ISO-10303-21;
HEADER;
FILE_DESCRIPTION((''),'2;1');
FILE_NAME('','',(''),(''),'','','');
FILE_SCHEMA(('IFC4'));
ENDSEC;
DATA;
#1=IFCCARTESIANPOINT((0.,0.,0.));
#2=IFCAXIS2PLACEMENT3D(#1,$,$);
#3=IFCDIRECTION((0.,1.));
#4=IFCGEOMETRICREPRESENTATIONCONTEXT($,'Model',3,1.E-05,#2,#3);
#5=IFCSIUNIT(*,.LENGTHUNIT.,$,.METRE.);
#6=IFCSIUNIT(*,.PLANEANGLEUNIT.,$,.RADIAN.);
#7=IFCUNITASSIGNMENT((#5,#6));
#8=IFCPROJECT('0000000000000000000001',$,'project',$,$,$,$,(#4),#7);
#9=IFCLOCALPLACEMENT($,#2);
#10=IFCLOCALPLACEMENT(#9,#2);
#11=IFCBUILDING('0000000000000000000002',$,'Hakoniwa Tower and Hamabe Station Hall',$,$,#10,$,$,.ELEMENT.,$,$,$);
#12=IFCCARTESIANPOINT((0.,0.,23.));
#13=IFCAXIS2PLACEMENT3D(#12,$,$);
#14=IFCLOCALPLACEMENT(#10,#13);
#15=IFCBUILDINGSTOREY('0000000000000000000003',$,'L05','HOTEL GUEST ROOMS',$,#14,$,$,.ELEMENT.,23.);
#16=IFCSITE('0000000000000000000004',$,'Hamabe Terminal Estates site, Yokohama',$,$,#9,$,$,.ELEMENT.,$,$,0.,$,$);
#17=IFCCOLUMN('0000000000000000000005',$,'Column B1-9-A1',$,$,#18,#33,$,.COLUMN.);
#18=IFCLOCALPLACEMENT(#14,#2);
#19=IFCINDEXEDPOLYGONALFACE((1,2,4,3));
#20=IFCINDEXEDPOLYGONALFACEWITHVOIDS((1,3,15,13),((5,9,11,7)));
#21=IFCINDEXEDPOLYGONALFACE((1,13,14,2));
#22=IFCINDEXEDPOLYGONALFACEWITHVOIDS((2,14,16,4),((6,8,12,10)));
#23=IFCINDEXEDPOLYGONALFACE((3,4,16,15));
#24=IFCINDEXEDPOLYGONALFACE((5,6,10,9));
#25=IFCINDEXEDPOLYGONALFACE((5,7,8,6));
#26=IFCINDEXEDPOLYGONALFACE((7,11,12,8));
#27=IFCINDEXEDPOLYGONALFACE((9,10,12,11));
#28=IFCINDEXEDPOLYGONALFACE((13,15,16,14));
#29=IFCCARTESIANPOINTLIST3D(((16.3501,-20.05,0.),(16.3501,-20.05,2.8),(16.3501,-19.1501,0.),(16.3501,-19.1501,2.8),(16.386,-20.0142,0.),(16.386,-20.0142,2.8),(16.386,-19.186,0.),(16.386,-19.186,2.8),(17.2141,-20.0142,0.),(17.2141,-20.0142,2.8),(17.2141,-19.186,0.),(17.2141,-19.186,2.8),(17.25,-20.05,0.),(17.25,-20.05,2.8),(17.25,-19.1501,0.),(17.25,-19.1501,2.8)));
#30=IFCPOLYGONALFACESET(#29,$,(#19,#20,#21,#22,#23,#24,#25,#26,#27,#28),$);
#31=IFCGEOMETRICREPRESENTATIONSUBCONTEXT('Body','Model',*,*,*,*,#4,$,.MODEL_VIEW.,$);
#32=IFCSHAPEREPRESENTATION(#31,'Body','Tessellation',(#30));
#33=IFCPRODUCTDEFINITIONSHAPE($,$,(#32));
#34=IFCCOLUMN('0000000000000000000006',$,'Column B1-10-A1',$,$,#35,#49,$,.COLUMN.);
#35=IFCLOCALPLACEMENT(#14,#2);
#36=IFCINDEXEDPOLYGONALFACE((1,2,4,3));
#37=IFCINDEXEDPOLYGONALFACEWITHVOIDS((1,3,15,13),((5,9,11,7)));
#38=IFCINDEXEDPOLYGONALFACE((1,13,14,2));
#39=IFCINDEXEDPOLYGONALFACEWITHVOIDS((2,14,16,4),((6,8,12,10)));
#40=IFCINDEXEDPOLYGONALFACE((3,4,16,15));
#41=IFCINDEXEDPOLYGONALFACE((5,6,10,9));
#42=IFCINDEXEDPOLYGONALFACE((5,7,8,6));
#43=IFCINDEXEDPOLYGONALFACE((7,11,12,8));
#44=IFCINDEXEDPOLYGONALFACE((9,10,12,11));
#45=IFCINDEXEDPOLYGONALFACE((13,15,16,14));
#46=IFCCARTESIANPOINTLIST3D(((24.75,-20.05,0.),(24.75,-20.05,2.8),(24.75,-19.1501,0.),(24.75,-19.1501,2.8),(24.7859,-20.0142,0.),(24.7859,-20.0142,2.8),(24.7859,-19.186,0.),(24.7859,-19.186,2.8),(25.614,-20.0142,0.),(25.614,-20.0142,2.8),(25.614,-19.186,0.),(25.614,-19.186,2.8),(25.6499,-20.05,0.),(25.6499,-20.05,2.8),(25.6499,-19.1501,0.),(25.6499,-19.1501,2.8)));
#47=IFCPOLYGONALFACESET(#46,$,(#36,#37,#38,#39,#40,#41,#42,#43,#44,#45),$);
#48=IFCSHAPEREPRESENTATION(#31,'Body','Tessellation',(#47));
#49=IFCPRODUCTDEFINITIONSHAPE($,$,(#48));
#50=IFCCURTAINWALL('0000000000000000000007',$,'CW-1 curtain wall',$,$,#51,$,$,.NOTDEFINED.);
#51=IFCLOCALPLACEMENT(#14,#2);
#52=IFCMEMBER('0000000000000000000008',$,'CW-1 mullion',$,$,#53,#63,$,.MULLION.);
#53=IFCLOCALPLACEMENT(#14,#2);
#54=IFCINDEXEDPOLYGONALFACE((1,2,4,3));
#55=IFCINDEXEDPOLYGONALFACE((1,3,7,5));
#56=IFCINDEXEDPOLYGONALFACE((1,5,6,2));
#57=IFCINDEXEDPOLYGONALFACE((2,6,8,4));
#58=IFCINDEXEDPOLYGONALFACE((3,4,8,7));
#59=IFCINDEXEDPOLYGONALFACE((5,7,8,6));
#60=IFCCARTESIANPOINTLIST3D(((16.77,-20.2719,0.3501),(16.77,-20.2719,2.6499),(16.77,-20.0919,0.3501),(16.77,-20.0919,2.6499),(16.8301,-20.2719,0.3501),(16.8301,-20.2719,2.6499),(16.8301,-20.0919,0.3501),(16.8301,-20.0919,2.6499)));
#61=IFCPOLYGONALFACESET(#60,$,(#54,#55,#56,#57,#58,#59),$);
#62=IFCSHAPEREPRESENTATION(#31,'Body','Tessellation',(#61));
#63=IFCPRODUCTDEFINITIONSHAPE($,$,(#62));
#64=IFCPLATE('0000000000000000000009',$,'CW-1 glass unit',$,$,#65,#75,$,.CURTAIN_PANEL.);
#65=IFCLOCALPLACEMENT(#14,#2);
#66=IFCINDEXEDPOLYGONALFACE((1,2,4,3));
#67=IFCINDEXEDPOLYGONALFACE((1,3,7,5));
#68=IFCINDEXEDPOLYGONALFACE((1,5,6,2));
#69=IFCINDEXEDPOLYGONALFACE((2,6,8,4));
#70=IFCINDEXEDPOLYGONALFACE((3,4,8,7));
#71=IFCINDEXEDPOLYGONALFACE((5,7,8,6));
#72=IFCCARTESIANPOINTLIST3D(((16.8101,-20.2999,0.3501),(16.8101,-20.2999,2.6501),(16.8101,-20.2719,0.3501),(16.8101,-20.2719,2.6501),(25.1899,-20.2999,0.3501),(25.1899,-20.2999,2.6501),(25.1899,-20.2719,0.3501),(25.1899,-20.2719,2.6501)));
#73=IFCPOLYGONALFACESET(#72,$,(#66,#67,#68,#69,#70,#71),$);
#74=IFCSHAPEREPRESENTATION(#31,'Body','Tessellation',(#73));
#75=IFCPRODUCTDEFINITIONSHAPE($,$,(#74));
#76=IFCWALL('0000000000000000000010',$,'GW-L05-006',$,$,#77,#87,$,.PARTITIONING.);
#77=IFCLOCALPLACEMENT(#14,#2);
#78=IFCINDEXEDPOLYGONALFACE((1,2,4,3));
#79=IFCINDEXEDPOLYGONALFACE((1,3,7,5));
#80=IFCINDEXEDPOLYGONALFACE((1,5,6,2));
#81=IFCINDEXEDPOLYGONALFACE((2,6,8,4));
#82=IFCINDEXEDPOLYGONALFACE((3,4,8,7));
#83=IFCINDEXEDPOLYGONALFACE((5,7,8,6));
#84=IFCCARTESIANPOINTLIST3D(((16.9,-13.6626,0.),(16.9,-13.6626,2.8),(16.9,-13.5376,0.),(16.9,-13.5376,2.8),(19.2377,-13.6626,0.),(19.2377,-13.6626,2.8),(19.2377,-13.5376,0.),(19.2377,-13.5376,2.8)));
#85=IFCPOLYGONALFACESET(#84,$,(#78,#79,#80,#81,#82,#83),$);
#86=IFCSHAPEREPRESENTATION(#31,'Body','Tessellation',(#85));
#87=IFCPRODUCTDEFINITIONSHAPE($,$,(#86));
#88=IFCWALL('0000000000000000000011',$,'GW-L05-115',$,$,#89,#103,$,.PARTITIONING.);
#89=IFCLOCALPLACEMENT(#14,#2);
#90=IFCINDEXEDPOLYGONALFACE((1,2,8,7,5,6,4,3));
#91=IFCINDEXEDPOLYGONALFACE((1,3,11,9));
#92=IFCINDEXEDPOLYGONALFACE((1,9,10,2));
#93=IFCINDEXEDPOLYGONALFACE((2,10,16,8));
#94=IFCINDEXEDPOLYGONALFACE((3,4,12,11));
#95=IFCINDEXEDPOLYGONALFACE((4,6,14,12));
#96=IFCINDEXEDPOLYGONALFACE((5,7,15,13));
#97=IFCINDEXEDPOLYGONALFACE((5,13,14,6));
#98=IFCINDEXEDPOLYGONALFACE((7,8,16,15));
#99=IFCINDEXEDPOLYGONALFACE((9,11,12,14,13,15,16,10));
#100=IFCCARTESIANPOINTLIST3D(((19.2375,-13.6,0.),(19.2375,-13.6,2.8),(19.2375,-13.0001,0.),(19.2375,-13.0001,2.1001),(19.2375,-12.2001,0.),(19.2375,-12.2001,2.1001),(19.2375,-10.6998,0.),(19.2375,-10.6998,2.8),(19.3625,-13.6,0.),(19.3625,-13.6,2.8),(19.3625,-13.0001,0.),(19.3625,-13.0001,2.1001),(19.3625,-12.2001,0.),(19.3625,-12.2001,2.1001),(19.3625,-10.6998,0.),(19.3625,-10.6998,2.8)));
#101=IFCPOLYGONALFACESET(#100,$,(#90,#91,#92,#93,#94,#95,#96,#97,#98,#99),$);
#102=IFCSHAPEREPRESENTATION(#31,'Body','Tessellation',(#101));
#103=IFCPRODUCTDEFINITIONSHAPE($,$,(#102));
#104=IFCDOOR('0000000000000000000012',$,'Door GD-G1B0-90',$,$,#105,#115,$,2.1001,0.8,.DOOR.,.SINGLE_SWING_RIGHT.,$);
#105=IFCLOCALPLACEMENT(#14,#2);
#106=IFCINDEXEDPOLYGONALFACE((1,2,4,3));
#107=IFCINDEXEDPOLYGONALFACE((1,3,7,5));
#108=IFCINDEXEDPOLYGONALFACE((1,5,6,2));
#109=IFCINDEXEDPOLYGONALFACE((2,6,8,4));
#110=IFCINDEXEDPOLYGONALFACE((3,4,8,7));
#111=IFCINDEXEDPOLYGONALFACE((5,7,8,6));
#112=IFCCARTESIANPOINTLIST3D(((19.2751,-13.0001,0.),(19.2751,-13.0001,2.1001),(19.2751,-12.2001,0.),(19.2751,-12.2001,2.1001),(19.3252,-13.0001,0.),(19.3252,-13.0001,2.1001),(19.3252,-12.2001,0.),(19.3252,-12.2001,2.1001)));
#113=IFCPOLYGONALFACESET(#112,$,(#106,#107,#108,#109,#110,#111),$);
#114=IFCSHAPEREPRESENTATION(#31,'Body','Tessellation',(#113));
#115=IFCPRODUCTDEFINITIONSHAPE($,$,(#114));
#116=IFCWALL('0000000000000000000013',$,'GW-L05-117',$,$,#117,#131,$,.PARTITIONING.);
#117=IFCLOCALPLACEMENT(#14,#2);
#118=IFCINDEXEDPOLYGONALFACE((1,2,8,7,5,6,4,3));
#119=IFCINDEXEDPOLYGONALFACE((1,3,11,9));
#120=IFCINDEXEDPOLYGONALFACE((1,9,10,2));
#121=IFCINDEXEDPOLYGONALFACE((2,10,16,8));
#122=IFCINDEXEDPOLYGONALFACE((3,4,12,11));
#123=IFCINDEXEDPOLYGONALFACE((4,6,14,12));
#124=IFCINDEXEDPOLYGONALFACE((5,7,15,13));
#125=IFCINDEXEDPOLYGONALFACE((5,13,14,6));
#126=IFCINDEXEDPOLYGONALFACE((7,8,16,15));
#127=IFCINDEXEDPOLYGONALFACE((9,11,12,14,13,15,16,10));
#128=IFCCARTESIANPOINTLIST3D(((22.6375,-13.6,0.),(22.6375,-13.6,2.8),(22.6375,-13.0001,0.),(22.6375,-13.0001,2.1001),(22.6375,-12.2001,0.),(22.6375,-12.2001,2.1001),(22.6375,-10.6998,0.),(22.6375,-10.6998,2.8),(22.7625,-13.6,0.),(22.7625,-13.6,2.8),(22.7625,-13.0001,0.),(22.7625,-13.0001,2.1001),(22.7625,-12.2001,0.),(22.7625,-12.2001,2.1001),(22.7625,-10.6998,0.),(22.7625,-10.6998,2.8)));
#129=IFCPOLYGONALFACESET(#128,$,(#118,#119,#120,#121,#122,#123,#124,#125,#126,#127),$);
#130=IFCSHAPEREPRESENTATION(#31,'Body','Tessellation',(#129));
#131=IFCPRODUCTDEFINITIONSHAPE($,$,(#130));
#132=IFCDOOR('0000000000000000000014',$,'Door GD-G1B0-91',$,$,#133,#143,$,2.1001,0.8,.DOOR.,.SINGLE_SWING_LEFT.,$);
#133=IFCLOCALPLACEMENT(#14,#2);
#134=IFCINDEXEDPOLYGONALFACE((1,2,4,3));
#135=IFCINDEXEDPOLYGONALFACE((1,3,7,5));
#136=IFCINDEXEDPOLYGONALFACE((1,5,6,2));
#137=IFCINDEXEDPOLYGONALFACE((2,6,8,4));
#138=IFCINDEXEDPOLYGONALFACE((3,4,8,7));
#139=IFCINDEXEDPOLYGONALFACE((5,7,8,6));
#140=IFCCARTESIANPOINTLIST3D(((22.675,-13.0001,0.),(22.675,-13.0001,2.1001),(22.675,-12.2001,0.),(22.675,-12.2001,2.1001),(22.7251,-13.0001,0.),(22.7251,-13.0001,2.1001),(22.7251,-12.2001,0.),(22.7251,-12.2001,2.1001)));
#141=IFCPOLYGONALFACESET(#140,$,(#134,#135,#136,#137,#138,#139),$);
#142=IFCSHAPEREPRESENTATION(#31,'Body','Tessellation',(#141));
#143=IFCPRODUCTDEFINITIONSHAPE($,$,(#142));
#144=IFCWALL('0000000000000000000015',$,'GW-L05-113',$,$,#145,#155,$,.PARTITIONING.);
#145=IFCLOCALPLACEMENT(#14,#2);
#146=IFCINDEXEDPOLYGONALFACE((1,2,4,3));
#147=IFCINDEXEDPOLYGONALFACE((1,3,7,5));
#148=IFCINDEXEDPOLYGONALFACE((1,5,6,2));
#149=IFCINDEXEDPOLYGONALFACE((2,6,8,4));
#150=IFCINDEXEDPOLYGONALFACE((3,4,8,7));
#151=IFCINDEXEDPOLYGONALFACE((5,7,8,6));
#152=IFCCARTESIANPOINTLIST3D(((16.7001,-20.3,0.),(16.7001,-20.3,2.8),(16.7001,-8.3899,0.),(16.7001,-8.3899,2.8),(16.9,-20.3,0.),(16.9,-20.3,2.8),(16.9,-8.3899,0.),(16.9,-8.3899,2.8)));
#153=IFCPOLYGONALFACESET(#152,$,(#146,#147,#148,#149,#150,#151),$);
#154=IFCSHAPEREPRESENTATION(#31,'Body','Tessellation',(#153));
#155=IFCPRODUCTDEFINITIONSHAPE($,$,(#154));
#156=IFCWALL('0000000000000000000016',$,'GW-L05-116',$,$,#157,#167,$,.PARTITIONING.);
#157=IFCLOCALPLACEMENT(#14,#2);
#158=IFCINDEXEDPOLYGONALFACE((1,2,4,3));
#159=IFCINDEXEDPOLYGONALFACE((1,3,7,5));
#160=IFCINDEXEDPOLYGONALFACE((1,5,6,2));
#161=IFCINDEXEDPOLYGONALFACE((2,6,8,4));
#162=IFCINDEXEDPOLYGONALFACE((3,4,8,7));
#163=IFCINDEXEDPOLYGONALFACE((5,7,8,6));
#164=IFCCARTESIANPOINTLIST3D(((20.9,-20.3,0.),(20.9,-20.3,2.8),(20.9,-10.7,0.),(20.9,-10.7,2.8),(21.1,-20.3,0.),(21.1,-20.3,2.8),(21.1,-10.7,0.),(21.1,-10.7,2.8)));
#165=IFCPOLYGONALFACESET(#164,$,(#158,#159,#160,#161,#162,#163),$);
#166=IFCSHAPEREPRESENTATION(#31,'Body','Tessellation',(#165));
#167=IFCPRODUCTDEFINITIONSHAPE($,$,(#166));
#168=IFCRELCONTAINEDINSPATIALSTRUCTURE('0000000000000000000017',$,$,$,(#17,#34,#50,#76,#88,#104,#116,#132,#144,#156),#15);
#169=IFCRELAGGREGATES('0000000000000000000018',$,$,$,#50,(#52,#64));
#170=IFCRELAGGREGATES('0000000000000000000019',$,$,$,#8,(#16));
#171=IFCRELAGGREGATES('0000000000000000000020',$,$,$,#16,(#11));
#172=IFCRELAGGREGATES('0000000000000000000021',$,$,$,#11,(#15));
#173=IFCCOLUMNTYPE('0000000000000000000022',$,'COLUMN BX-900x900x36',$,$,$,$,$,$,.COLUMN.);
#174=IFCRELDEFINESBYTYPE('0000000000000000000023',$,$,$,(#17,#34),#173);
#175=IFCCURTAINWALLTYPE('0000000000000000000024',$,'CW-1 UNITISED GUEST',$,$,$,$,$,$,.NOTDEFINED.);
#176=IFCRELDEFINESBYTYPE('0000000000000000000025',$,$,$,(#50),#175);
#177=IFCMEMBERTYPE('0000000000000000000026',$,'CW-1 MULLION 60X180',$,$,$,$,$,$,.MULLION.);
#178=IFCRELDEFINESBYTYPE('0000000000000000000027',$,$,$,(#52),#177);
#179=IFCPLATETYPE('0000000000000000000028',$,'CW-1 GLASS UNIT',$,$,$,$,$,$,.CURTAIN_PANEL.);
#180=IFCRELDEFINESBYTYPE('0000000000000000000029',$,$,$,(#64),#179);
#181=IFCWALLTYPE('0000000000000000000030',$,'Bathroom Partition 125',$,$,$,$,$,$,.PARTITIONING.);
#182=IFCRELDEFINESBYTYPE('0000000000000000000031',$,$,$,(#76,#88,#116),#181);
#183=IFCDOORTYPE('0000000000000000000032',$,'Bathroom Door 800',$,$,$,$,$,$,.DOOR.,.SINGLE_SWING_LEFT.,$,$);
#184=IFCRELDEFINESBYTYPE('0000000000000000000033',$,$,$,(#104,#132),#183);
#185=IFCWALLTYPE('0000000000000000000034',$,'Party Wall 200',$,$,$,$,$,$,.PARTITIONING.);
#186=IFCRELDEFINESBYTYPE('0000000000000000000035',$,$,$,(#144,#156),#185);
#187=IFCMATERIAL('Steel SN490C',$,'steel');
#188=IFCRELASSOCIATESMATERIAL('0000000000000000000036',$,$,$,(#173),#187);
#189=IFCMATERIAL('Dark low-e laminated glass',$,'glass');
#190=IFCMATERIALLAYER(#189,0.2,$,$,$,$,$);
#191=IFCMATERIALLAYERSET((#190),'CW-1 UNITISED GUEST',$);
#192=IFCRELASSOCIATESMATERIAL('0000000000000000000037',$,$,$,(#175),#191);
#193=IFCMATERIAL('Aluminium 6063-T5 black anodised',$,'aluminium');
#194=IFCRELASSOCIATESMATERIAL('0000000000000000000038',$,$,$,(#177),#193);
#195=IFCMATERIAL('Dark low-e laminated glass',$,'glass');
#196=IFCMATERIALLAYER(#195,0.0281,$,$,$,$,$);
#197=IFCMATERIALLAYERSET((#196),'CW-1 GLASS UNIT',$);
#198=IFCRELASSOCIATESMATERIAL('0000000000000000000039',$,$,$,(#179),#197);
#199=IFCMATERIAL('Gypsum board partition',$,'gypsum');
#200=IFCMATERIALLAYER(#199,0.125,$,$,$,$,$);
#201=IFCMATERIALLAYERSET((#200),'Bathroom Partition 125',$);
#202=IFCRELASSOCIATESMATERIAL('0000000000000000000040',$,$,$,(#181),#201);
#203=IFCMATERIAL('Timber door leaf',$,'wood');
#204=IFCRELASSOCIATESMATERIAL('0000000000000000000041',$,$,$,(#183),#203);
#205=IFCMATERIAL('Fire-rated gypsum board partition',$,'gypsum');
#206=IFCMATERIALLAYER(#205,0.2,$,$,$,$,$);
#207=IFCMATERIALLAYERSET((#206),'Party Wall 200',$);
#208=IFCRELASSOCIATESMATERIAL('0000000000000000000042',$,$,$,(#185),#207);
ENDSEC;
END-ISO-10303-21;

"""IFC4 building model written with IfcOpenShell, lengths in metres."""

from ifc_helpers import new_model, si_unit, direction, frame, frame_2d, origin, origin_2d, place, context, subcontext, project, spatial, rectangle, hollow_rectangle, extrude, material, layer, layer_set, material_profile, profile_set, type_object, element, fill, aggregate, save


model = new_model("IFC4")

# Units and contexts
model_context = context("Model", 3, precision=1e-05, world=origin(), true_north=direction((0.0, 1.0)))
body_context = subcontext(model_context, "Body", "Model", "MODEL_VIEW")
ifc_project = project(units=[si_unit("LENGTHUNIT", "METRE"), si_unit("PLANEANGLEUNIT", "RADIAN")], contexts=[model_context])

# Site, building, storey
site_placement = place(None, origin())
site = spatial("IfcSite", under=ifc_project, at=site_placement, Name="Hamabe Terminal Estates site, Yokohama", CompositionType="ELEMENT", RefElevation=0.0)
building_placement = place(site_placement, origin())
building = spatial("IfcBuilding", under=site, at=building_placement, Name="Hakoniwa Tower and Hamabe Station Hall", CompositionType="ELEMENT")
storey_placement = place(building_placement, frame((0.0, 0.0, 23.0)))
storey = spatial("IfcBuildingStorey", under=building, at=storey_placement, Name="L05", Description="HOTEL GUEST ROOMS", CompositionType="ELEMENT", Elevation=23.0)

# Columns
ifc_material_1 = material(Name="Steel SN490C", Category="steel")
ifc_material_profile_1 = material_profile(ifc_material_1, hollow_rectangle(XDim=0.8999, YDim=0.8999, WallThickness=0.0359, at=origin_2d()), Name="BX-900x900x36")
ifc_profile_set_1 = profile_set([ifc_material_profile_1], Name="Steel SN490C")
column_type = type_object("IfcColumnType", Name="COLUMN BX-900x900x36", PredefinedType="COLUMN", material=ifc_profile_set_1)
for number, where, z_axis, x_axis, name in (
    (1, (16.8, -19.6001, 0.0), (0.0, 0.0, 1.0), (1.0, 0.0, 0.0), "Column B1-9-A1"),
    (2, (25.2, -19.6001, 0.0), (0.0, 0.0, 1.0), (1.0, 0.0, 0.0), "Column B1-10-A1"),
):
    element("IfcColumn", number, at=place(storey_placement, frame(where, z_axis=z_axis, x_axis=x_axis)), inside=storey, type_object=column_type, Name=name, PredefinedType="COLUMN", context=body_context, shape_type="SweptSolid", body=[
        extrude(hollow_rectangle(XDim=0.8999, YDim=0.8999, WallThickness=0.0359, at=origin_2d()), origin(), (0.0, 0.0, 1.0), 2.8),
    ])

# Curtain wall, member, plate
ifc_material_2 = material(Name="Dark low-e laminated glass", Category="glass")
ifc_layer_1 = layer(ifc_material_2, 0.2)
ifc_layer_set_1 = layer_set([ifc_layer_1], Name="CW-1 UNITISED GUEST")
curtain_wall_type = type_object("IfcCurtainWallType", Name="CW-1 UNITISED GUEST", PredefinedType="NOTDEFINED", material=ifc_layer_set_1)
curtain_wall_placement = place(storey_placement, origin())
curtain_wall = element("IfcCurtainWall", 3, at=curtain_wall_placement, inside=storey, type_object=curtain_wall_type, Name="CW-1 curtain wall", PredefinedType="NOTDEFINED")
ifc_material_3 = material(Name="Aluminium 6063-T5 black anodised", Category="aluminium")
ifc_material_profile_2 = material_profile(ifc_material_3, rectangle(XDim=0.0601, YDim=0.1799, at=origin_2d()), Name="CW-1 MULLION 60X180")
ifc_profile_set_2 = profile_set([ifc_material_profile_2], Name="Aluminium 6063-T5 black anodised")
member_type = type_object("IfcMemberType", Name="CW-1 MULLION 60X180", PredefinedType="MULLION", material=ifc_profile_set_2)
member_placement = place(storey_placement, frame((16.8, -20.1819, 0.3501), z_axis=(0.0, 0.0, 1.0), x_axis=(1.0, 0.0, 0.0)))
member = element("IfcMember", 4, at=member_placement, type_object=member_type, Name="CW-1 mullion", PredefinedType="MULLION", context=body_context, shape_type="SweptSolid", body=[
    extrude(rectangle(XDim=0.0601, YDim=0.1799, at=origin_2d()), origin(), (0.0, 0.0, 1.0), 2.2998),
])
ifc_material_4 = material(Name="Dark low-e laminated glass", Category="glass")
ifc_layer_2 = layer(ifc_material_4, 0.0281)
ifc_layer_set_2 = layer_set([ifc_layer_2], Name="CW-1 GLASS UNIT")
plate_type = type_object("IfcPlateType", Name="CW-1 GLASS UNIT", PredefinedType="CURTAIN_PANEL", material=ifc_layer_set_2)
plate_placement = place(storey_placement, frame((21.0, -20.2859, 0.3501), z_axis=(0.0, 0.0, 1.0), x_axis=(1.0, 0.0, 0.0)))
plate = element("IfcPlate", 5, at=plate_placement, type_object=plate_type, Name="CW-1 glass unit", PredefinedType="CURTAIN_PANEL", context=body_context, shape_type="SweptSolid", body=[
    extrude(rectangle(XDim=8.3799, YDim=0.0281, at=origin_2d()), origin(), (0.0, 0.0, 1.0), 2.3),
])
aggregate(curtain_wall, [member, plate])

# Wall
ifc_material_5 = material(Name="Gypsum board partition", Category="gypsum")
ifc_layer_3 = layer(ifc_material_5, 0.125)
ifc_layer_set_3 = layer_set([ifc_layer_3], Name="Bathroom Partition 125")
wall_type_1 = type_object("IfcWallType", Name="Bathroom Partition 125", PredefinedType="PARTITIONING", material=ifc_layer_set_3)
wall_1_placement = place(storey_placement, frame((16.8999, -13.6001, 0.0), z_axis=(0.0, 0.0, 1.0), x_axis=(1.0, 0.0, 0.0)))
element("IfcWall", 6, at=wall_1_placement, inside=storey, type_object=wall_type_1, Name="GW-L05-006", PredefinedType="PARTITIONING", context=body_context, shape_type="SweptSolid", body=[
    extrude(rectangle(XDim=2.3376, YDim=0.125, at=frame_2d((1.1689, 0.0))), origin(), (0.0, 0.0, 1.0), 2.8),
])

# Walls, openings, doors
wall_2_placement = place(storey_placement, frame((19.3, -13.6001, 0.0), z_axis=(0.0, 0.0, 1.0), x_axis=(0.0, 1.0, 0.0)))
wall_2 = element("IfcWall", 7, at=wall_2_placement, inside=storey, type_object=wall_type_1, Name="GW-L05-115", PredefinedType="PARTITIONING", context=body_context, shape_type="SweptSolid", body=[
    extrude(rectangle(XDim=2.9001, YDim=0.125, at=frame_2d((1.4502, 0.0))), origin(), (0.0, 0.0, 1.0), 2.8),
])
opening_1_placement = place(wall_2_placement, frame((0.6001, 0.0, 0.0)))
opening_1 = element("IfcOpeningElement", 8, at=opening_1_placement, cuts=wall_2, PredefinedType="OPENING", context=body_context, shape_type="SweptSolid", body=[
    extrude(rectangle(XDim=0.8, YDim=2.1001, at=frame_2d((0.3999, 1.05))), frame((0.0, 0.0725, 0.0), z_axis=(0.0, -1.0, 0.0), x_axis=(1.0, 0.0, 0.0)), (0.0, 0.0, 1.0), 0.145),
])
ifc_material_6 = material(Name="Timber door leaf", Category="wood")
door_type = type_object("IfcDoorType", Name="Bathroom Door 800", OperationType="SINGLE_SWING_LEFT", PredefinedType="DOOR", material=ifc_material_6)
door_1_placement = place(opening_1_placement, origin())
door_1 = element("IfcDoor", 9, at=door_1_placement, inside=storey, type_object=door_type, Name="Door GD-G1B0-90", OperationType="SINGLE_SWING_RIGHT", OverallHeight=2.1001, OverallWidth=0.8, PredefinedType="DOOR", context=body_context, shape_type="SweptSolid", body=[
    extrude(rectangle(XDim=0.8, YDim=2.1001, at=frame_2d((0.3999, 1.05))), frame((0.0, 0.0249, 0.0), z_axis=(0.0, -1.0, 0.0), x_axis=(1.0, 0.0, 0.0)), (0.0, 0.0, 1.0), 0.05),
])
fill(opening_1, door_1)
wall_3_placement = place(storey_placement, frame((22.7, -13.6001, 0.0), z_axis=(0.0, 0.0, 1.0), x_axis=(0.0, 1.0, 0.0)))
wall_3 = element("IfcWall", 10, at=wall_3_placement, inside=storey, type_object=wall_type_1, Name="GW-L05-117", PredefinedType="PARTITIONING", context=body_context, shape_type="SweptSolid", body=[
    extrude(rectangle(XDim=2.9001, YDim=0.125, at=frame_2d((1.4502, 0.0))), origin(), (0.0, 0.0, 1.0), 2.8),
])
opening_2_placement = place(wall_3_placement, frame((0.6001, 0.0, 0.0)))
opening_2 = element("IfcOpeningElement", 11, at=opening_2_placement, cuts=wall_3, PredefinedType="OPENING", context=body_context, shape_type="SweptSolid", body=[
    extrude(rectangle(XDim=0.8, YDim=2.1001, at=frame_2d((0.3999, 1.05))), frame((0.0, 0.0725, 0.0), z_axis=(0.0, -1.0, 0.0), x_axis=(1.0, 0.0, 0.0)), (0.0, 0.0, 1.0), 0.145),
])
door_2_placement = place(opening_2_placement, origin())
door_2 = element("IfcDoor", 12, at=door_2_placement, inside=storey, type_object=door_type, Name="Door GD-G1B0-91", OperationType="SINGLE_SWING_LEFT", OverallHeight=2.1001, OverallWidth=0.8, PredefinedType="DOOR", context=body_context, shape_type="SweptSolid", body=[
    extrude(rectangle(XDim=0.8, YDim=2.1001, at=frame_2d((0.3999, 1.05))), frame((0.0, 0.0249, 0.0), z_axis=(0.0, -1.0, 0.0), x_axis=(1.0, 0.0, 0.0)), (0.0, 0.0, 1.0), 0.05),
])
fill(opening_2, door_2)

# Walls
ifc_material_7 = material(Name="Fire-rated gypsum board partition", Category="gypsum")
ifc_layer_4 = layer(ifc_material_7, 0.2)
ifc_layer_set_4 = layer_set([ifc_layer_4], Name="Party Wall 200")
wall_type_2 = type_object("IfcWallType", Name="Party Wall 200", PredefinedType="PARTITIONING", material=ifc_layer_set_4)
wall_4_placement = place(storey_placement, frame((16.8, -20.3, 0.0), z_axis=(0.0, 0.0, 1.0), x_axis=(0.0, 1.0, 0.0)))
element("IfcWall", 13, at=wall_4_placement, inside=storey, type_object=wall_type_2, Name="GW-L05-113", PredefinedType="PARTITIONING", context=body_context, shape_type="SweptSolid", body=[
    extrude(rectangle(XDim=11.9102, YDim=0.2, at=frame_2d((5.9551, 0.0))), origin(), (0.0, 0.0, 1.0), 2.8),
])
wall_5_placement = place(storey_placement, frame((21.0, -20.3, 0.0), z_axis=(0.0, 0.0, 1.0), x_axis=(0.0, 1.0, 0.0)))
element("IfcWall", 14, at=wall_5_placement, inside=storey, type_object=wall_type_2, Name="GW-L05-116", PredefinedType="PARTITIONING", context=body_context, shape_type="SweptSolid", body=[
    extrude(rectangle(XDim=9.6001, YDim=0.2, at=frame_2d((4.8, 0.0))), origin(), (0.0, 0.0, 1.0), 2.8),
])

save(model, "model.ifc")
